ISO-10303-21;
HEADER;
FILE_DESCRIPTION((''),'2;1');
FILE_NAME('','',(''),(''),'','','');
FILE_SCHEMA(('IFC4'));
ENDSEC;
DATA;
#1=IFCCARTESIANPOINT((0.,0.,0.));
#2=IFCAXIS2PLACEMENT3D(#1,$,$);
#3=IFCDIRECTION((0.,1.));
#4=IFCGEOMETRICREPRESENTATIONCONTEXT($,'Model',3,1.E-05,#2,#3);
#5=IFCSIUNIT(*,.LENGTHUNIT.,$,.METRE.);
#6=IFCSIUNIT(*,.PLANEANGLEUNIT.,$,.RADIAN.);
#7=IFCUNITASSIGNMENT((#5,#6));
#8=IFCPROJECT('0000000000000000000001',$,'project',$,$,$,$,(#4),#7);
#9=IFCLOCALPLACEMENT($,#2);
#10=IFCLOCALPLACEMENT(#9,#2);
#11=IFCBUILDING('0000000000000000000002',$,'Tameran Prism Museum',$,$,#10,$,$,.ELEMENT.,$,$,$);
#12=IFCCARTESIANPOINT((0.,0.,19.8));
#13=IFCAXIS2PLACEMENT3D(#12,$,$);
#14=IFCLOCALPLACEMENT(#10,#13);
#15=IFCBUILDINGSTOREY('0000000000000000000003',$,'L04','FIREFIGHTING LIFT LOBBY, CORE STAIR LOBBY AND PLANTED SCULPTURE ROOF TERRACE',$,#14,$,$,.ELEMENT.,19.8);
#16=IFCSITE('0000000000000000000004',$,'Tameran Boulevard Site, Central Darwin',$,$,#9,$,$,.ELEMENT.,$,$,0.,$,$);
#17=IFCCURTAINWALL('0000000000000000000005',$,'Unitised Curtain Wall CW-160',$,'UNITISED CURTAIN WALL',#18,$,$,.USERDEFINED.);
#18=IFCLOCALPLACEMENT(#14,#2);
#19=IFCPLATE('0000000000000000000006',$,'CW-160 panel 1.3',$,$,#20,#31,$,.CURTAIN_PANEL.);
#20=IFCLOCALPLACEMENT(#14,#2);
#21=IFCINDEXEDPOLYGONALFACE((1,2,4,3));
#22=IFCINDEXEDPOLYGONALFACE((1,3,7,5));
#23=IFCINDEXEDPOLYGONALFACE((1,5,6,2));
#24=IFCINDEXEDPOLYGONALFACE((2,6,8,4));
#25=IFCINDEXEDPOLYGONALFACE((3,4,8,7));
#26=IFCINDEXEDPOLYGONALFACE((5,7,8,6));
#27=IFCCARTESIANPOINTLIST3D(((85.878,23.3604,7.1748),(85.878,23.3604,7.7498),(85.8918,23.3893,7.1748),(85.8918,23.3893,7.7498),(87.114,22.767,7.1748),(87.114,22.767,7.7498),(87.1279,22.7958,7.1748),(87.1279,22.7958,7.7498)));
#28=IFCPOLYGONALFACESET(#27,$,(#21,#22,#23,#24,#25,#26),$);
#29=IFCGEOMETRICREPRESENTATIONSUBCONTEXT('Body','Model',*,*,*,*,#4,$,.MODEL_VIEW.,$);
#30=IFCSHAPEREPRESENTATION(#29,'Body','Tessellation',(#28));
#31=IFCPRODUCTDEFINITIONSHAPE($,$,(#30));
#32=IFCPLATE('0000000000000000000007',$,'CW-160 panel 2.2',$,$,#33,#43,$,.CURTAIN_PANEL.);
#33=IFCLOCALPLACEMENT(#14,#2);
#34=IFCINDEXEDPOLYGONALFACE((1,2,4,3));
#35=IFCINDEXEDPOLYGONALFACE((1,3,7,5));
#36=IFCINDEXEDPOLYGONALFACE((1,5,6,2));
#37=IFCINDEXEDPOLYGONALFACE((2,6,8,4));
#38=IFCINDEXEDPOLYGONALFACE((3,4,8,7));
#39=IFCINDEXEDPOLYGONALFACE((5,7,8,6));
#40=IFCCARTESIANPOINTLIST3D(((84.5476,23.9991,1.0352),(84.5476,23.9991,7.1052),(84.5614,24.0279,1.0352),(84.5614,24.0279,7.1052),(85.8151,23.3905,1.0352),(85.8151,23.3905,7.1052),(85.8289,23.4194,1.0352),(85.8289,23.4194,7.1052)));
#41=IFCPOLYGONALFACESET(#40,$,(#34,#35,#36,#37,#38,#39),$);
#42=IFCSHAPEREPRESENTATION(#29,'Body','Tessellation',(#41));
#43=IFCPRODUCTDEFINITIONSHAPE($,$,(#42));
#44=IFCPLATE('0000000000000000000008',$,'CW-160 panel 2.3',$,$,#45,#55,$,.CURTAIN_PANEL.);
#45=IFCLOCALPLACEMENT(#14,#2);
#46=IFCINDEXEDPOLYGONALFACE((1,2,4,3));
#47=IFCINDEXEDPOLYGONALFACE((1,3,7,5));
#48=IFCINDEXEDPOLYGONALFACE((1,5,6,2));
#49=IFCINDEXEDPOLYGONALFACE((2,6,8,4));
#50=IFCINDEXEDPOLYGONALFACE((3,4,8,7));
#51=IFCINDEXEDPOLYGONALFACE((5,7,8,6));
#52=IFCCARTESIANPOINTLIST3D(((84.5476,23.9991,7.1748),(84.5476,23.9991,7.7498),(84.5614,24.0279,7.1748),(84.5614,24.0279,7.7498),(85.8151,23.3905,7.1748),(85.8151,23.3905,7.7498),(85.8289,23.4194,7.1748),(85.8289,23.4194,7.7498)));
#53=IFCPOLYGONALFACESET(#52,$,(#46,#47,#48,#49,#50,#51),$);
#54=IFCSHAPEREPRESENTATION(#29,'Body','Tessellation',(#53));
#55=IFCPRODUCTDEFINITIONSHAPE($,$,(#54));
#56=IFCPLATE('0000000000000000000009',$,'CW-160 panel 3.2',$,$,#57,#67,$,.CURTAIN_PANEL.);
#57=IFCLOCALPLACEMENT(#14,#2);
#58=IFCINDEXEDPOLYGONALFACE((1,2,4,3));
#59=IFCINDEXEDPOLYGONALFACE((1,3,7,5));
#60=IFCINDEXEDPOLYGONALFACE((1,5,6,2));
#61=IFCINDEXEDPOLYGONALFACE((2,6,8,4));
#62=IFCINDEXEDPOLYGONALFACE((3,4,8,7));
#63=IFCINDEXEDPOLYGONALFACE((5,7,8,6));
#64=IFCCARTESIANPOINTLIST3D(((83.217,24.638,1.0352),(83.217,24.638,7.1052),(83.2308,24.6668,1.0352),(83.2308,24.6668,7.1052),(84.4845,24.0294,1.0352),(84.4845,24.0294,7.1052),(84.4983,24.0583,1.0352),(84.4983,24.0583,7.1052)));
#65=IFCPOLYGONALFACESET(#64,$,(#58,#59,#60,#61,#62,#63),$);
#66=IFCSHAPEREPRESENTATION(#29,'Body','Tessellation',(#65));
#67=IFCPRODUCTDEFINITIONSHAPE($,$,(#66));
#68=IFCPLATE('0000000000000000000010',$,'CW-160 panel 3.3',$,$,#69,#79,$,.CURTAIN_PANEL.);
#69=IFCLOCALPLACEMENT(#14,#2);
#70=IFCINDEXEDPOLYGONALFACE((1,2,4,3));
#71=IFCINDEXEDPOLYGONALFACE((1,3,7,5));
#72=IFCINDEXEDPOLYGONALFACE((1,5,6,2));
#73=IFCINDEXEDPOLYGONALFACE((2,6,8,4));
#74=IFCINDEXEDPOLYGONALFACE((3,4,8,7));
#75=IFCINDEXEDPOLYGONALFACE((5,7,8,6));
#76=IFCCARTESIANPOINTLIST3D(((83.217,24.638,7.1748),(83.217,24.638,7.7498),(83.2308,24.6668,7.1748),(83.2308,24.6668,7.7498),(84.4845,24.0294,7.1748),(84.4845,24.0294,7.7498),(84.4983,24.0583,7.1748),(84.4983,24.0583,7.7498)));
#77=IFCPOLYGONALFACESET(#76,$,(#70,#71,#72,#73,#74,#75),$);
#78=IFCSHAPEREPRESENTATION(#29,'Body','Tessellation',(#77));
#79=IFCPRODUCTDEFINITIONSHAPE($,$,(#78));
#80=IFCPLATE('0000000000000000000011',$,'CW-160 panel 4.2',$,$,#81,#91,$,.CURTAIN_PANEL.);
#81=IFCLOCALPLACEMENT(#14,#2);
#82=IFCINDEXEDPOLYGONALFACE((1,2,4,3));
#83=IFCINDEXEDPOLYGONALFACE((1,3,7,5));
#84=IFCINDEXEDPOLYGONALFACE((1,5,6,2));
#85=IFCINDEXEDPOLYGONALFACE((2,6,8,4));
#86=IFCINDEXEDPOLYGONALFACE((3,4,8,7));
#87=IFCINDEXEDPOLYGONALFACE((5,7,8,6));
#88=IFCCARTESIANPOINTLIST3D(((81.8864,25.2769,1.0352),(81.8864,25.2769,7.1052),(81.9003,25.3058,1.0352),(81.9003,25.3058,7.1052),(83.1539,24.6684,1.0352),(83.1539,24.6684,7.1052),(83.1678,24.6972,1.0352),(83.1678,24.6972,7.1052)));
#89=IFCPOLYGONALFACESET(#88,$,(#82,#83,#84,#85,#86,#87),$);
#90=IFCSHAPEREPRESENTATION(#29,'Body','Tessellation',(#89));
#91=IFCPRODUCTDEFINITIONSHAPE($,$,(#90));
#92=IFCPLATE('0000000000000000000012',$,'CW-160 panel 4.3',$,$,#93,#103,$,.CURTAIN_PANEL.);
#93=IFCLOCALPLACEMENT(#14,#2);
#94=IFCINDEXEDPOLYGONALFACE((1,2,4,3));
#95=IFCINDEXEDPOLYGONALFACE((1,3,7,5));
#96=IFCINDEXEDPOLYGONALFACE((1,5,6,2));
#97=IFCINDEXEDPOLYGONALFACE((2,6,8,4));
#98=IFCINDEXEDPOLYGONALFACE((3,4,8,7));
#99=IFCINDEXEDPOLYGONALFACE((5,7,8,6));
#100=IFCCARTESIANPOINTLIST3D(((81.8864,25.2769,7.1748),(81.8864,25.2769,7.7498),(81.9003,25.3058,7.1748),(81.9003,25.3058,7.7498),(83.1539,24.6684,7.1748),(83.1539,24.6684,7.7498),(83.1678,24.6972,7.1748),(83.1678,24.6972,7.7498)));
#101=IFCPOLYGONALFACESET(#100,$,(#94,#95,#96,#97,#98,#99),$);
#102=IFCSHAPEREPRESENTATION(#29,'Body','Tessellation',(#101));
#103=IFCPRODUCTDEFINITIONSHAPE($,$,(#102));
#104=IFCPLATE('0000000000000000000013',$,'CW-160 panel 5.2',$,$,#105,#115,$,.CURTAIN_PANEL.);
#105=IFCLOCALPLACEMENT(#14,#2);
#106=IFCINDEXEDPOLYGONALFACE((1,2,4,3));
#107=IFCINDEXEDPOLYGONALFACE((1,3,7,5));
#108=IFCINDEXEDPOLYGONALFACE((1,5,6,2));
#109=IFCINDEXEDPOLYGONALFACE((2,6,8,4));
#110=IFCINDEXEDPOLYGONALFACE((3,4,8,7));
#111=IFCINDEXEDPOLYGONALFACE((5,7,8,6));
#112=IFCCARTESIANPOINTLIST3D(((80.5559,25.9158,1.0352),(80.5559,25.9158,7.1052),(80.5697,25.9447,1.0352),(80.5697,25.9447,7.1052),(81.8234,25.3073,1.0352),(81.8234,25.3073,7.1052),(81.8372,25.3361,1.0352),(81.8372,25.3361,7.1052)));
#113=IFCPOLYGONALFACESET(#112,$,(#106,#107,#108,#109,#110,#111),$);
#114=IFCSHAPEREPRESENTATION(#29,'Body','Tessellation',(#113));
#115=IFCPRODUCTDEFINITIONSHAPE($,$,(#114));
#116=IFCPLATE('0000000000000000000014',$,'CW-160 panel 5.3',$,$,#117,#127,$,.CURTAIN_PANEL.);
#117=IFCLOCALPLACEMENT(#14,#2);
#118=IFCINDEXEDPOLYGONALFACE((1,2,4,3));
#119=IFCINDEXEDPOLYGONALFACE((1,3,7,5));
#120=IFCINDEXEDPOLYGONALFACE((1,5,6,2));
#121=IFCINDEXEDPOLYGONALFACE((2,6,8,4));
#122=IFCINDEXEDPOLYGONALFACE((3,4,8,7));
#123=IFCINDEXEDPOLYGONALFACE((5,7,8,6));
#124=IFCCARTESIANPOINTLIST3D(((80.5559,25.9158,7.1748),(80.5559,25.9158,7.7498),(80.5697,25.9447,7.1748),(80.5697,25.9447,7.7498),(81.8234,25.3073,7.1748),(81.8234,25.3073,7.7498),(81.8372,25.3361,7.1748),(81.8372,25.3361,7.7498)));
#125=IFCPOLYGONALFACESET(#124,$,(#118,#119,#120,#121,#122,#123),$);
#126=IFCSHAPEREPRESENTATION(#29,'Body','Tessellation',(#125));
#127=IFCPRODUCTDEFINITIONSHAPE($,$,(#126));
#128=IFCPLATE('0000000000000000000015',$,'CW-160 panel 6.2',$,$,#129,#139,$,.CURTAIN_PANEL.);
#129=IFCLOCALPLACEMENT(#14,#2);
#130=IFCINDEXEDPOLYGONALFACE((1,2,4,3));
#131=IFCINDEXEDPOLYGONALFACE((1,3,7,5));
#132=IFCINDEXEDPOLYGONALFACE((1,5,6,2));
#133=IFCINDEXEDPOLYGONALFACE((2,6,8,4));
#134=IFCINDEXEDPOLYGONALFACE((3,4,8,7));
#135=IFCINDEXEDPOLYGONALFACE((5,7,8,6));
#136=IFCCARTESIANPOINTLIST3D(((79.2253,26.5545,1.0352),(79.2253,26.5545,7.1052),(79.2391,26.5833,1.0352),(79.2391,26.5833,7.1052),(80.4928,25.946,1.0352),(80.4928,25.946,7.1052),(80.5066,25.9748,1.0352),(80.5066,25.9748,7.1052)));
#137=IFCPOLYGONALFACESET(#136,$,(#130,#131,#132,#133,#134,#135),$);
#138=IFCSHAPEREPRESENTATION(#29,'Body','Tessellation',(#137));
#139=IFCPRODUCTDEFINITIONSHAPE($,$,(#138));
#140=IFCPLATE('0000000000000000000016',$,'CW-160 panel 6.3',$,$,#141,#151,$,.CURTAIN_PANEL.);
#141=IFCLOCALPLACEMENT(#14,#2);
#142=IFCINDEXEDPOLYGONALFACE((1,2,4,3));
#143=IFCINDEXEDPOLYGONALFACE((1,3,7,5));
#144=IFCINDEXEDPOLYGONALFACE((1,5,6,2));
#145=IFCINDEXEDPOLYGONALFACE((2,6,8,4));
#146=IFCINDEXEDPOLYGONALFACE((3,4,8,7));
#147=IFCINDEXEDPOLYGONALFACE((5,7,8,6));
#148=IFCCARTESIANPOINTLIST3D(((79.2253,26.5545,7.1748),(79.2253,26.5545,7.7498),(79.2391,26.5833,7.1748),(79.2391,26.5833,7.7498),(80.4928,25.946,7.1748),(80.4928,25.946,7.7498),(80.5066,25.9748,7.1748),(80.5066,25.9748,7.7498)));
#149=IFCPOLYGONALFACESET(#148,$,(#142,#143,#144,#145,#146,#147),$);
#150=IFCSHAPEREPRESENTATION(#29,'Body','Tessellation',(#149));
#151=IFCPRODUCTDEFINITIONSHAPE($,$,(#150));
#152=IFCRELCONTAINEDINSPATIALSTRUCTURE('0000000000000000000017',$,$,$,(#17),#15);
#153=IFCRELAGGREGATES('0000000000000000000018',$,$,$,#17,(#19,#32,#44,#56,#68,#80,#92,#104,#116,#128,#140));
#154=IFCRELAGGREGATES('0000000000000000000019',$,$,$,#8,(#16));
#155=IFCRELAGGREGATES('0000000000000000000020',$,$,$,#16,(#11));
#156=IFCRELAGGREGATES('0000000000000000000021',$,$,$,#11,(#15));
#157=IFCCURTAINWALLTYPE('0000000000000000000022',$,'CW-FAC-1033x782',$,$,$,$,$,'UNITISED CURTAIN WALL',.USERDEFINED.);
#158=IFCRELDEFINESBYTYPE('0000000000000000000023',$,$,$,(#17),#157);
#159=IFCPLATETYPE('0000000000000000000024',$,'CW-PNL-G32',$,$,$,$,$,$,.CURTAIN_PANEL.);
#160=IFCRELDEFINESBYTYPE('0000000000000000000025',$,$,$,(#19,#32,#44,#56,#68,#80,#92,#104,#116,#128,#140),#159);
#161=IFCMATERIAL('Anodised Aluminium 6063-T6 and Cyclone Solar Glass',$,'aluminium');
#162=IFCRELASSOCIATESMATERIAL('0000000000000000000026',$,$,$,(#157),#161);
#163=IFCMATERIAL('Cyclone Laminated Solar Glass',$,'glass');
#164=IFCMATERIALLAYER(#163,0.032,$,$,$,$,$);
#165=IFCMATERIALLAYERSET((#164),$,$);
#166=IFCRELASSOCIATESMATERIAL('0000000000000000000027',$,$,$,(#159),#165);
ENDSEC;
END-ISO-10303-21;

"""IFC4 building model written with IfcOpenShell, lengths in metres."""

from ifc_helpers import new_model, si_unit, direction, frame, origin, origin_2d, place, context, subcontext, project, spatial, rectangle, extrude, material, layer, layer_set, type_object, element, aggregate, save


model = new_model("IFC4")

# Units and contexts
model_context = context("Model", 3, precision=1e-05, world=origin(), true_north=direction((0.0, 1.0)))
body_context = subcontext(model_context, "Body", "Model", "MODEL_VIEW")
ifc_project = project(units=[si_unit("LENGTHUNIT", "METRE"), si_unit("PLANEANGLEUNIT", "RADIAN")], contexts=[model_context])

# Site, building, storey
site_placement = place(None, origin())
site = spatial("IfcSite", under=ifc_project, at=site_placement, Name="Tameran Boulevard Site, Central Darwin", CompositionType="ELEMENT", RefElevation=0.0)
building_placement = place(site_placement, origin())
building = spatial("IfcBuilding", under=site, at=building_placement, Name="Tameran Prism Museum", CompositionType="ELEMENT")
storey_placement = place(building_placement, frame((0.0, 0.0, 19.8)))
storey = spatial("IfcBuildingStorey", under=building, at=storey_placement, Name="L04", Description="FIREFIGHTING LIFT LOBBY, CORE STAIR LOBBY AND PLANTED SCULPTURE ROOF TERRACE", CompositionType="ELEMENT", Elevation=19.8)

# Curtain wall
ifc_material_1 = material(Name="Anodised Aluminium 6063-T6 and Cyclone Solar Glass", Category="aluminium")
curtain_wall_type_1 = type_object("IfcCurtainWallType", Name="CW-FAC-1033x782", ElementType="UNITISED CURTAIN WALL", PredefinedType="USERDEFINED", material=ifc_material_1)
curtain_wall_1_placement = place(storey_placement, origin())
curtain_wall_1 = element("IfcCurtainWall", 1, at=curtain_wall_1_placement, inside=storey, type_object=curtain_wall_type_1, Name="Unitised Curtain Wall CW-160", ObjectType="UNITISED CURTAIN WALL", PredefinedType="USERDEFINED")

# Plates
ifc_material_2 = material(Name="Cyclone Laminated Solar Glass", Category="glass")
ifc_layer_1 = layer(ifc_material_2, 0.032)
ifc_layer_set_1 = layer_set([ifc_layer_1])
plate_type_1 = type_object("IfcPlateType", Name="CW-PNL-G32", PredefinedType="CURTAIN_PANEL", material=ifc_layer_set_1)
plate_1_placement = place(storey_placement, frame((86.5029, 23.0781, 7.1748), z_axis=(0.0, 0.0, 1.0), x_axis=(-0.901475, 0.432832, 0.0)))
plate_1 = element("IfcPlate", 2, at=plate_1_placement, type_object=plate_type_1, Name="CW-160 panel 1.3", PredefinedType="CURTAIN_PANEL", context=body_context, shape_type="SweptSolid", body=[
    extrude(rectangle(XDim=1.3711, YDim=0.032, at=origin_2d()), origin(), (0.0, 0.0, 1.0), 0.575),
])
plate_2_placement = place(storey_placement, frame((85.1882, 23.7092, 1.0352), z_axis=(0.0, 0.0, 1.0), x_axis=(-0.901475, 0.432832, 0.0)))
plate_2 = element("IfcPlate", 3, at=plate_2_placement, type_object=plate_type_1, Name="CW-160 panel 2.2", PredefinedType="CURTAIN_PANEL", context=body_context, shape_type="SweptSolid", body=[
    extrude(rectangle(XDim=1.406, YDim=0.032, at=origin_2d()), origin(), (0.0, 0.0, 1.0), 6.0701),
])
plate_3_placement = place(storey_placement, frame((85.1882, 23.7092, 7.1748), z_axis=(0.0, 0.0, 1.0), x_axis=(-0.901475, 0.432832, 0.0)))
plate_3 = element("IfcPlate", 4, at=plate_3_placement, type_object=plate_type_1, Name="CW-160 panel 2.3", PredefinedType="CURTAIN_PANEL", context=body_context, shape_type="SweptSolid", body=[
    extrude(rectangle(XDim=1.406, YDim=0.032, at=origin_2d()), origin(), (0.0, 0.0, 1.0), 0.575),
])
plate_4_placement = place(storey_placement, frame((83.8577, 24.3481, 1.0352), z_axis=(0.0, 0.0, 1.0), x_axis=(-0.901475, 0.432832, 0.0)))
plate_4 = element("IfcPlate", 5, at=plate_4_placement, type_object=plate_type_1, Name="CW-160 panel 3.2", PredefinedType="CURTAIN_PANEL", context=body_context, shape_type="SweptSolid", body=[
    extrude(rectangle(XDim=1.406, YDim=0.032, at=origin_2d()), origin(), (0.0, 0.0, 1.0), 6.0701),
])
plate_5_placement = place(storey_placement, frame((83.8577, 24.3481, 7.1748), z_axis=(0.0, 0.0, 1.0), x_axis=(-0.901475, 0.432832, 0.0)))
plate_5 = element("IfcPlate", 6, at=plate_5_placement, type_object=plate_type_1, Name="CW-160 panel 3.3", PredefinedType="CURTAIN_PANEL", context=body_context, shape_type="SweptSolid", body=[
    extrude(rectangle(XDim=1.406, YDim=0.032, at=origin_2d()), origin(), (0.0, 0.0, 1.0), 0.575),
])
plate_6_placement = place(storey_placement, frame((82.5271, 24.9871, 1.0352), z_axis=(0.0, 0.0, 1.0), x_axis=(-0.901475, 0.432832, 0.0)))
plate_6 = element("IfcPlate", 7, at=plate_6_placement, type_object=plate_type_1, Name="CW-160 panel 4.2", PredefinedType="CURTAIN_PANEL", context=body_context, shape_type="SweptSolid", body=[
    extrude(rectangle(XDim=1.406, YDim=0.032, at=origin_2d()), origin(), (0.0, 0.0, 1.0), 6.0701),
])
plate_7_placement = place(storey_placement, frame((82.5271, 24.9871, 7.1748), z_axis=(0.0, 0.0, 1.0), x_axis=(-0.901475, 0.432832, 0.0)))
plate_7 = element("IfcPlate", 8, at=plate_7_placement, type_object=plate_type_1, Name="CW-160 panel 4.3", PredefinedType="CURTAIN_PANEL", context=body_context, shape_type="SweptSolid", body=[
    extrude(rectangle(XDim=1.406, YDim=0.032, at=origin_2d()), origin(), (0.0, 0.0, 1.0), 0.575),
])
plate_8_placement = place(storey_placement, frame((81.1965, 25.626, 1.0352), z_axis=(0.0, 0.0, 1.0), x_axis=(-0.901475, 0.432832, 0.0)))
plate_8 = element("IfcPlate", 9, at=plate_8_placement, type_object=plate_type_1, Name="CW-160 panel 5.2", PredefinedType="CURTAIN_PANEL", context=body_context, shape_type="SweptSolid", body=[
    extrude(rectangle(XDim=1.406, YDim=0.032, at=origin_2d()), origin(), (0.0, 0.0, 1.0), 6.0701),
])
plate_9_placement = place(storey_placement, frame((81.1965, 25.626, 7.1748), z_axis=(0.0, 0.0, 1.0), x_axis=(-0.901475, 0.432832, 0.0)))
plate_9 = element("IfcPlate", 10, at=plate_9_placement, type_object=plate_type_1, Name="CW-160 panel 5.3", PredefinedType="CURTAIN_PANEL", context=body_context, shape_type="SweptSolid", body=[
    extrude(rectangle(XDim=1.406, YDim=0.032, at=origin_2d()), origin(), (0.0, 0.0, 1.0), 0.575),
])
plate_10_placement = place(storey_placement, frame((79.866, 26.2646, 1.0352), z_axis=(0.0, 0.0, 1.0), x_axis=(-0.901475, 0.432832, 0.0)))
plate_10 = element("IfcPlate", 11, at=plate_10_placement, type_object=plate_type_1, Name="CW-160 panel 6.2", PredefinedType="CURTAIN_PANEL", context=body_context, shape_type="SweptSolid", body=[
    extrude(rectangle(XDim=1.406, YDim=0.032, at=origin_2d()), origin(), (0.0, 0.0, 1.0), 6.0701),
])
plate_11_placement = place(storey_placement, frame((79.866, 26.2646, 7.1748), z_axis=(0.0, 0.0, 1.0), x_axis=(-0.901475, 0.432832, 0.0)))
plate_11 = element("IfcPlate", 12, at=plate_11_placement, type_object=plate_type_1, Name="CW-160 panel 6.3", PredefinedType="CURTAIN_PANEL", context=body_context, shape_type="SweptSolid", body=[
    extrude(rectangle(XDim=1.406, YDim=0.032, at=origin_2d()), origin(), (0.0, 0.0, 1.0), 0.575),
])
aggregate(curtain_wall_1, [plate_1, plate_2, plate_3, plate_4, plate_5, plate_6, plate_7, plate_8, plate_9, plate_10, plate_11])

save(model, "model.ifc")
